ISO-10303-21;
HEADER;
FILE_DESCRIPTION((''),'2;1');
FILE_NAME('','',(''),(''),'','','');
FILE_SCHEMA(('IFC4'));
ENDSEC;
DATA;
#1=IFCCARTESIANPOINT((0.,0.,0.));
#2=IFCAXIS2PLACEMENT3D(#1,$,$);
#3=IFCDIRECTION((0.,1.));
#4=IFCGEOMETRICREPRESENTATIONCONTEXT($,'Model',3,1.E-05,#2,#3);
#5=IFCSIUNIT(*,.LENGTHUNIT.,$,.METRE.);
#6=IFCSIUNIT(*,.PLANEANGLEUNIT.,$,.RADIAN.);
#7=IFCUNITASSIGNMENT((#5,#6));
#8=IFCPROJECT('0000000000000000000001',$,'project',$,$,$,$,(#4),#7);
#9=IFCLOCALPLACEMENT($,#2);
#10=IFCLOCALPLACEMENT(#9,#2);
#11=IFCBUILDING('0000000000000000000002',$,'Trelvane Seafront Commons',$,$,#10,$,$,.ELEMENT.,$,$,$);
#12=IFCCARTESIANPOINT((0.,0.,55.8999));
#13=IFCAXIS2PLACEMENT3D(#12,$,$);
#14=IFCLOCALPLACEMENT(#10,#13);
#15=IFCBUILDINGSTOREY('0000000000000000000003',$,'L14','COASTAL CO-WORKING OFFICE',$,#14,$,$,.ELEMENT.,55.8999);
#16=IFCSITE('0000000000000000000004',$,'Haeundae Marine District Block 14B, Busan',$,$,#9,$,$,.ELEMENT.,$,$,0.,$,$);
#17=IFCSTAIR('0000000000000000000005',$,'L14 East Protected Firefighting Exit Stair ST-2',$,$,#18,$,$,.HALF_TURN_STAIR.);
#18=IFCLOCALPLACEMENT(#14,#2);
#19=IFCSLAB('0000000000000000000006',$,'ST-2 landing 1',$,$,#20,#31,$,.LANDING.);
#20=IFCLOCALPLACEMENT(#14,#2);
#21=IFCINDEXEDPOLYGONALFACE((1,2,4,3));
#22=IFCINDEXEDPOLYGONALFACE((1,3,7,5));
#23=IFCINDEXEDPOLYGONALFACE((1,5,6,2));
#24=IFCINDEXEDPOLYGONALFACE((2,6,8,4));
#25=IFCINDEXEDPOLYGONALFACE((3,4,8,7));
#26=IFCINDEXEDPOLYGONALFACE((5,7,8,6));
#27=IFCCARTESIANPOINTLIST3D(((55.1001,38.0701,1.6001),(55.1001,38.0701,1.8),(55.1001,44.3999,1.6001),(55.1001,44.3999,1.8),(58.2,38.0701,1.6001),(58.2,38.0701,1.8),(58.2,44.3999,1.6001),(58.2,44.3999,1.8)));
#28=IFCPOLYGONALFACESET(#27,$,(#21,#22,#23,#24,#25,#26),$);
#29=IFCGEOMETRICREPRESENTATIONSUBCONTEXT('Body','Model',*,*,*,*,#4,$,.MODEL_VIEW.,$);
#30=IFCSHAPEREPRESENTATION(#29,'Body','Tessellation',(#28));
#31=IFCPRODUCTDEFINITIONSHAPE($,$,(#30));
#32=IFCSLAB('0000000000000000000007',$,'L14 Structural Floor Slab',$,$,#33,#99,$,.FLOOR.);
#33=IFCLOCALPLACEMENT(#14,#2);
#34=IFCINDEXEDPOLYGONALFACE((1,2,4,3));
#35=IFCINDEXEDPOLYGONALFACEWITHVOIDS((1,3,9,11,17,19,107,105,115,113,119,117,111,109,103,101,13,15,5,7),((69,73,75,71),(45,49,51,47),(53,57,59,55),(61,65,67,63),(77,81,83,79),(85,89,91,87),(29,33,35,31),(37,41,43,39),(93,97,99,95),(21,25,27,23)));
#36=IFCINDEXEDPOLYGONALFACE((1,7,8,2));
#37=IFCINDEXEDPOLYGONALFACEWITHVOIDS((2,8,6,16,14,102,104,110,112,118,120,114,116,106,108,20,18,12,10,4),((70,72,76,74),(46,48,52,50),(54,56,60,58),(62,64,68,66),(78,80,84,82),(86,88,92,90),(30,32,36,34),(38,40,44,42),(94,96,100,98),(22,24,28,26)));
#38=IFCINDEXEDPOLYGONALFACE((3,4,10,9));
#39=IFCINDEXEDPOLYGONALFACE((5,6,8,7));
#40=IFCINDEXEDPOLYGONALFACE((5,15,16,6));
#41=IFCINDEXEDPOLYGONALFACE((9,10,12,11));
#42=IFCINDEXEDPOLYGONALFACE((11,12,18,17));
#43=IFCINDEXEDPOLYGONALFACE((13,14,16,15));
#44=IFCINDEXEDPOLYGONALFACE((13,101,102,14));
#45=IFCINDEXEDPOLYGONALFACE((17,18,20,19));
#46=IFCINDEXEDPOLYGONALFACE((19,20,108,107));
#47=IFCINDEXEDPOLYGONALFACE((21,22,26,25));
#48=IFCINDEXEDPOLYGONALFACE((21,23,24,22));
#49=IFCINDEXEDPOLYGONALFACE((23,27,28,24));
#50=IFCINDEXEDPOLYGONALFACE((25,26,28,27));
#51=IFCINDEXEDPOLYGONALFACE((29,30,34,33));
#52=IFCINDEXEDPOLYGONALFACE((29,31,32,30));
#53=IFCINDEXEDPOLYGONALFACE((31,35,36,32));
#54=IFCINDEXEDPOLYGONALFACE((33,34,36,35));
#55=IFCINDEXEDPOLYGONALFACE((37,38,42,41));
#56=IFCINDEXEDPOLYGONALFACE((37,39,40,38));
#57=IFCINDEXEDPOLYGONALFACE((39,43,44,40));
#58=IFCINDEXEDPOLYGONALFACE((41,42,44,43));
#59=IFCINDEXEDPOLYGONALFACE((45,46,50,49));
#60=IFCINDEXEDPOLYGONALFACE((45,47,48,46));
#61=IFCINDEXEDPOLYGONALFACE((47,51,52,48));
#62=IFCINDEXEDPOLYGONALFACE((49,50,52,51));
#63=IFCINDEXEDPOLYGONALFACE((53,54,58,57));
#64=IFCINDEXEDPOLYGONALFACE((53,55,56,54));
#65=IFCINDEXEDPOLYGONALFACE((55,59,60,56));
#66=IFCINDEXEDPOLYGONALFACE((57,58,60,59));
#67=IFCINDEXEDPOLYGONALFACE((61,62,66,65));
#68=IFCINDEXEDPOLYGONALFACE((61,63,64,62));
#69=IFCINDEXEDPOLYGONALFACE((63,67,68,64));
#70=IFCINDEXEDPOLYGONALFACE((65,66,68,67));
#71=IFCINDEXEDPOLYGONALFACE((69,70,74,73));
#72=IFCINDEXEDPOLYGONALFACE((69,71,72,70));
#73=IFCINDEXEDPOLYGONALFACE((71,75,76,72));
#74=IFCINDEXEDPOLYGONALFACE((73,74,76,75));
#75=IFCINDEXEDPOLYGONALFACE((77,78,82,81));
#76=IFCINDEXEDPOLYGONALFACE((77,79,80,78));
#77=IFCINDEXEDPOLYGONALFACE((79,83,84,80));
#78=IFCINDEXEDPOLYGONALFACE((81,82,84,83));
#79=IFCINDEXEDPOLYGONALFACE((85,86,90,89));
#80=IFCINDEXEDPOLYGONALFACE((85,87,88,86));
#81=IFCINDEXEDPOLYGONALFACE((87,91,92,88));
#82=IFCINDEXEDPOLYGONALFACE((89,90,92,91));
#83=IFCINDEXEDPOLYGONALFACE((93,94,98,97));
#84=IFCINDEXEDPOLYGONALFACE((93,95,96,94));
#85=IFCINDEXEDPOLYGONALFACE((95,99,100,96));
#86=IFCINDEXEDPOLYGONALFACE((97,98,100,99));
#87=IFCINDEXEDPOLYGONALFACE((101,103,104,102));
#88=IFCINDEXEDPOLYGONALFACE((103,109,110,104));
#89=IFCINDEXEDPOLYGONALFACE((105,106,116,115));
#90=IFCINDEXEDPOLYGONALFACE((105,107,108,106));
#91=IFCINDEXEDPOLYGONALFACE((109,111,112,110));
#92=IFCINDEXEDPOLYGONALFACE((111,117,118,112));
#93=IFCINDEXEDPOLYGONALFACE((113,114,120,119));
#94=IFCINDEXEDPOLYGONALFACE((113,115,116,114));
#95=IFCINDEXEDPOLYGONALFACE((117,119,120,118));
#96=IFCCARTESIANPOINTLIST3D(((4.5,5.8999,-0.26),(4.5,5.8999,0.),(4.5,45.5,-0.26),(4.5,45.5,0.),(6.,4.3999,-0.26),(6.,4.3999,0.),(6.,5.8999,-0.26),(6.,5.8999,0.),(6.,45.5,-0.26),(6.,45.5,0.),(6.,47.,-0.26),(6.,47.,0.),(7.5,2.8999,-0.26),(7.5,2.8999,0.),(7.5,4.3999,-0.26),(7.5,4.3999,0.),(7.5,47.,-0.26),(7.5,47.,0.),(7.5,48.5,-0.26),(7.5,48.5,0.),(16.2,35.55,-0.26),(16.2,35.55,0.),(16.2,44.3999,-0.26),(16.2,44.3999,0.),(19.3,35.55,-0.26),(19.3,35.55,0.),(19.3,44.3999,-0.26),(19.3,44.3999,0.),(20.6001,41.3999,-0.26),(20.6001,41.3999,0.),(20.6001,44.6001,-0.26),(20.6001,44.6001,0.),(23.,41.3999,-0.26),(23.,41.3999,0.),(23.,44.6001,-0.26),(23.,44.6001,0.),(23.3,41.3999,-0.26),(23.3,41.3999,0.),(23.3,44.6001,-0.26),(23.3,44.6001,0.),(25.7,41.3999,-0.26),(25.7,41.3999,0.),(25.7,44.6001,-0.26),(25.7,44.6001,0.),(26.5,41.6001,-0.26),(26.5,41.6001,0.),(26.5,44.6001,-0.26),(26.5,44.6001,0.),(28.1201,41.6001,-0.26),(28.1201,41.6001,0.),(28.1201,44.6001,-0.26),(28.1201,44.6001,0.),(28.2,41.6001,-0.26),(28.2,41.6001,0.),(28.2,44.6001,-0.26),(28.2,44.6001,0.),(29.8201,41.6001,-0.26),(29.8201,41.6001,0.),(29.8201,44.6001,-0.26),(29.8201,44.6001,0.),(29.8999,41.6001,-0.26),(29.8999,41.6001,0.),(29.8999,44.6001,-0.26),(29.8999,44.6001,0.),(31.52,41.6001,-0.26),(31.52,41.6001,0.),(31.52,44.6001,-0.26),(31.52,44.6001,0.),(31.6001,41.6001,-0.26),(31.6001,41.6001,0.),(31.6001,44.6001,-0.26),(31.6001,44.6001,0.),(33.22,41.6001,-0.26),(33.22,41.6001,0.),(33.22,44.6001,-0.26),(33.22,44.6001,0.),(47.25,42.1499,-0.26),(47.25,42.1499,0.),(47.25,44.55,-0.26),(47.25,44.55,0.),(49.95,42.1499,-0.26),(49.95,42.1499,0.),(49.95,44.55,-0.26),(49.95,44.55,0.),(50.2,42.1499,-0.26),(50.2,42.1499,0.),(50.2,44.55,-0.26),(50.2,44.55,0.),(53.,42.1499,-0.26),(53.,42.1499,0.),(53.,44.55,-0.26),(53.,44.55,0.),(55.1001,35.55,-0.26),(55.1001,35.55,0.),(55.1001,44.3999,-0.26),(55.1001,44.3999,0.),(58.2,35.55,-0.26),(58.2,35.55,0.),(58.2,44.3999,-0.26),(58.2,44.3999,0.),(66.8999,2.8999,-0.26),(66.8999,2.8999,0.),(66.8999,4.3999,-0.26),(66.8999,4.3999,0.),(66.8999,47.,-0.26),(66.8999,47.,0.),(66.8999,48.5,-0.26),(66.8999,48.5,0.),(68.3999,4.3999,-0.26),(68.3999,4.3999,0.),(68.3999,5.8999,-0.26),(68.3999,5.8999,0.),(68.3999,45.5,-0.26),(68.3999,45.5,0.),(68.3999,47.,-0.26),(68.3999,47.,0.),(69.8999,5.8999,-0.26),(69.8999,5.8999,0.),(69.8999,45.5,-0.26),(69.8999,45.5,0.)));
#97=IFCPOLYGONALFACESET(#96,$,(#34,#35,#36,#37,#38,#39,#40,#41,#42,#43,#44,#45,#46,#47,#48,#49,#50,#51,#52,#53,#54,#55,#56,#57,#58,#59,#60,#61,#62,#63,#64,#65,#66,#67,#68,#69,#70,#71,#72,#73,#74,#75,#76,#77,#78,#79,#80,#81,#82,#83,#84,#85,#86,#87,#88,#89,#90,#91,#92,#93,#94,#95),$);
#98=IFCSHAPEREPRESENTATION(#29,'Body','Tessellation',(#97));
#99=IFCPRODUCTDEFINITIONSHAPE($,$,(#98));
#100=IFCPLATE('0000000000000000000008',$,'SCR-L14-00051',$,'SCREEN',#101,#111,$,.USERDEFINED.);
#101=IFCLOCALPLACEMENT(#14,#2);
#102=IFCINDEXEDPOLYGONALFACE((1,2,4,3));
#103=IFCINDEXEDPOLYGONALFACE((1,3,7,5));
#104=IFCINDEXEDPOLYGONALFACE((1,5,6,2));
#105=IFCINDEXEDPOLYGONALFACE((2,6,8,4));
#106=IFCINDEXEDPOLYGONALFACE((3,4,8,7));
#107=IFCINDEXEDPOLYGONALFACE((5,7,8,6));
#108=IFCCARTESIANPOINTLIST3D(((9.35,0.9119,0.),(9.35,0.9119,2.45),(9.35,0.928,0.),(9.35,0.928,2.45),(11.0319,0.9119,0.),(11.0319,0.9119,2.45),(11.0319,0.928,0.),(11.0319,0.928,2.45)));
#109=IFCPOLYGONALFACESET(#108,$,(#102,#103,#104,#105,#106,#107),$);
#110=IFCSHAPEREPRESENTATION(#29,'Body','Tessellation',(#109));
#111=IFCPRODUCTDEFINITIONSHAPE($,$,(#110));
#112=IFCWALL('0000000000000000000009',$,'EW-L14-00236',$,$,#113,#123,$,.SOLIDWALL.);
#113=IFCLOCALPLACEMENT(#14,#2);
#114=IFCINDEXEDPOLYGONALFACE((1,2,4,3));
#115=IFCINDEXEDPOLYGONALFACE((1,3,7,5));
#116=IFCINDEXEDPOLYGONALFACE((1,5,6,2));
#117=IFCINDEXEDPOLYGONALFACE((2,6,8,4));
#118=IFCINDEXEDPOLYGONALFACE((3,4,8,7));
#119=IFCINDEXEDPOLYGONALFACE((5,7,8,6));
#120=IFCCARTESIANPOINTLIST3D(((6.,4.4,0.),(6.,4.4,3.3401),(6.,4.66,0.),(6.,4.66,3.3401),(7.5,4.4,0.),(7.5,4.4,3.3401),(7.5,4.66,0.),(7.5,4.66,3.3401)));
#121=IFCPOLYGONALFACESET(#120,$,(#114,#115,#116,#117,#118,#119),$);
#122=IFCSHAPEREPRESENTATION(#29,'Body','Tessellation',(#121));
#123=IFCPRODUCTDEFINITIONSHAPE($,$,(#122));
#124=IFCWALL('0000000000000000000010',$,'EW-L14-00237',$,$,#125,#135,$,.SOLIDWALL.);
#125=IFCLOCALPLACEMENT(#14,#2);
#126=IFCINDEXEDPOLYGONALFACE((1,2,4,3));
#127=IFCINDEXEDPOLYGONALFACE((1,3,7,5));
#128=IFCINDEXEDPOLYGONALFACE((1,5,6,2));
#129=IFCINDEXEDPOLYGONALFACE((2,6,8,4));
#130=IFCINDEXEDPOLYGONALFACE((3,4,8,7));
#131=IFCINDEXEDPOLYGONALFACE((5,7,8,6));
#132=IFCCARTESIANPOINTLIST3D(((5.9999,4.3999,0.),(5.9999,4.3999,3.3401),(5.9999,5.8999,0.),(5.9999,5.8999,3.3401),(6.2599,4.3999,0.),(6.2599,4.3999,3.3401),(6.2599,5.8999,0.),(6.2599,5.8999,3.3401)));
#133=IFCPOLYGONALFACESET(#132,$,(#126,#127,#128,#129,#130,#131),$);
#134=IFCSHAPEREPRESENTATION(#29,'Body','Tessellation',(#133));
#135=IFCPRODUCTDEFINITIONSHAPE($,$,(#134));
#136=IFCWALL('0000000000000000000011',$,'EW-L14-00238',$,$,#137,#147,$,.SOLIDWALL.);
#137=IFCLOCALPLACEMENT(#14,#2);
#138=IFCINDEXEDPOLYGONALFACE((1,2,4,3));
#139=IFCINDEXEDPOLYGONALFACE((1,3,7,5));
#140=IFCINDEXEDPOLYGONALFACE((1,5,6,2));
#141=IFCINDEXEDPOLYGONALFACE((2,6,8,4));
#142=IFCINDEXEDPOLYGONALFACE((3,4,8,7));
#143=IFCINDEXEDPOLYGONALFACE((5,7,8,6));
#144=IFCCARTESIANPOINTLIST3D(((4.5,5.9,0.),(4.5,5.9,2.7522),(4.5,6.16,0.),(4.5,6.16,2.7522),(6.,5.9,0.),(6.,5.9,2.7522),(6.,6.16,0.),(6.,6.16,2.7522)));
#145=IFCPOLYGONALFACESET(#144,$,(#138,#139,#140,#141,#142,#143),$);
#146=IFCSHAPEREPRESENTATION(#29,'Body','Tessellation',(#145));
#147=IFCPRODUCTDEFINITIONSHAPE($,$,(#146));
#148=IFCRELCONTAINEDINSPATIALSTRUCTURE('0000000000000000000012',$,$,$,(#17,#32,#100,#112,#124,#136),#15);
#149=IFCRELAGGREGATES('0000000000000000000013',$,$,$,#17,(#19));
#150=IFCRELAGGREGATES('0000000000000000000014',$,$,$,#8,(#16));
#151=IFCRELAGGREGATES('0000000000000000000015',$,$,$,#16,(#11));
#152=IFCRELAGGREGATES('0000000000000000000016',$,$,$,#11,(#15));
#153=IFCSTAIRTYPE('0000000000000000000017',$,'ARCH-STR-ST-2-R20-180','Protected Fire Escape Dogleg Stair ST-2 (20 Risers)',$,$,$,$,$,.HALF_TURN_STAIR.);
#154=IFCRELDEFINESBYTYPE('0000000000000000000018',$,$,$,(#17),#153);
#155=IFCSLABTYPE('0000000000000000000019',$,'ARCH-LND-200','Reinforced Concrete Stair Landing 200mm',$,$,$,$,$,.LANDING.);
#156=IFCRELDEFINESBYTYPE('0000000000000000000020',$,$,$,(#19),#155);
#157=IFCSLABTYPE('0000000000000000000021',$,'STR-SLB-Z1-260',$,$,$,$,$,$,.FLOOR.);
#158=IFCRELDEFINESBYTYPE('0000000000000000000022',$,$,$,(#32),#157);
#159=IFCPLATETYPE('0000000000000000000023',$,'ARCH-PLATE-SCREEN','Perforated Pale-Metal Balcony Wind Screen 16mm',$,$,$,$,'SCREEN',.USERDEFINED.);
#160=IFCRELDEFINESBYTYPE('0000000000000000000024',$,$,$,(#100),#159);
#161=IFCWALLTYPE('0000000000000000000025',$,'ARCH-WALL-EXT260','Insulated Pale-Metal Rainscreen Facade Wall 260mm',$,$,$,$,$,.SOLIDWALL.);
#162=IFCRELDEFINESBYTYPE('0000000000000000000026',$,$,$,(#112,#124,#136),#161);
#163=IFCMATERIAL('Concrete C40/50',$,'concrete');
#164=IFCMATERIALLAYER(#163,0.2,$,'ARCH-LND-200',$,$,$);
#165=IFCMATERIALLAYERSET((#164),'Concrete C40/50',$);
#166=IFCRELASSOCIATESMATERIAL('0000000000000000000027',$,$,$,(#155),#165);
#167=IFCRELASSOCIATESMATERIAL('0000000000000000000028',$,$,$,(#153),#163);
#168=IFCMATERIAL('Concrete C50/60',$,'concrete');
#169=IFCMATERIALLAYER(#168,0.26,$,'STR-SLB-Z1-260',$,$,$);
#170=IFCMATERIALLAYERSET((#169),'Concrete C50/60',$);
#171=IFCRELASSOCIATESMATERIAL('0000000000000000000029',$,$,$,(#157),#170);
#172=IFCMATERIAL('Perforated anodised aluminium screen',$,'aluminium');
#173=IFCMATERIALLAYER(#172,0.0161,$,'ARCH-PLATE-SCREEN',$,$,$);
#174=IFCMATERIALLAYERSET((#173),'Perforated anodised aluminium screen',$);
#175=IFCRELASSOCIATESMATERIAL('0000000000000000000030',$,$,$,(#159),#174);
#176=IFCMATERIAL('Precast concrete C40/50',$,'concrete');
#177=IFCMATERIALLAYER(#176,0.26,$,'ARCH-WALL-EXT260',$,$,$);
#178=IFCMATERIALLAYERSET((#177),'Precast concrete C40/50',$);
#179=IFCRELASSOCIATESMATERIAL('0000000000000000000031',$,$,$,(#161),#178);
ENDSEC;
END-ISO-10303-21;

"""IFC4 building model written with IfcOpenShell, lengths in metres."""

from ifc_helpers import new_model, si_unit, direction, frame, frame_2d, origin, origin_2d, place, context, subcontext, project, spatial, polyline, rectangle, outline, extrude, source, transform, mapped, material, layer, layer_set, type_object, element, aggregate, save


model = new_model("IFC4")

# Units and contexts
model_context = context("Model", 3, precision=1e-05, world=origin(), true_north=direction((0.0, 1.0)))
body_context = subcontext(model_context, "Body", "Model", "MODEL_VIEW")
ifc_project = project(units=[si_unit("LENGTHUNIT", "METRE"), si_unit("PLANEANGLEUNIT", "RADIAN")], contexts=[model_context])

# Site, building, storey
site_placement = place(None, origin())
site = spatial("IfcSite", under=ifc_project, at=site_placement, Name="Haeundae Marine District Block 14B, Busan", CompositionType="ELEMENT", RefElevation=0.0)
building_placement = place(site_placement, origin())
building = spatial("IfcBuilding", under=site, at=building_placement, Name="Trelvane Seafront Commons", CompositionType="ELEMENT")
storey_placement = place(building_placement, frame((0.0, 0.0, 55.8999)))
storey = spatial("IfcBuildingStorey", under=building, at=storey_placement, Name="L14", Description="COASTAL CO-WORKING OFFICE", CompositionType="ELEMENT", Elevation=55.8999)

# Shared definitions
ifc_material_1 = material(Name="Concrete C40/50", Category="concrete")

# Stair, slab
ifc_layer_1 = layer(ifc_material_1, 0.2, Name="ARCH-LND-200")
ifc_layer_set_1 = layer_set([ifc_layer_1], Name="Concrete C40/50")
slab_type_1 = type_object("IfcSlabType", Name="ARCH-LND-200", Description="Reinforced Concrete Stair Landing 200mm", PredefinedType="LANDING", material=ifc_layer_set_1)
stair_type_1 = type_object("IfcStairType", Name="ARCH-STR-ST-2-R20-180", Description="Protected Fire Escape Dogleg Stair ST-2 (20 Risers)", PredefinedType="HALF_TURN_STAIR", material=ifc_material_1)
stair_1_placement = place(storey_placement, origin())
stair_1 = element("IfcStair", 1, at=stair_1_placement, inside=storey, type_object=stair_type_1, Name="L14 East Protected Firefighting Exit Stair ST-2", PredefinedType="HALF_TURN_STAIR")
slab_1_placement = place(storey_placement, frame((0.0, 0.0, 1.6001)))
slab_1 = element("IfcSlab", 2, at=slab_1_placement, type_object=slab_type_1, Name="ST-2 landing 1", PredefinedType="LANDING", context=body_context, shape_type="SweptSolid", body=[
    extrude(outline(polyline([(58.2, 38.0701), (58.2, 44.3999), (55.1001, 44.3999), (55.1001, 38.0701), (58.2, 38.0701)])), origin(), (0.0, 0.0, 1.0), 0.2),
])
aggregate(stair_1, [slab_1])

# Slab
ifc_material_2 = material(Name="Concrete C50/60", Category="concrete")
ifc_layer_2 = layer(ifc_material_2, 0.26, Name="STR-SLB-Z1-260")
ifc_layer_set_2 = layer_set([ifc_layer_2], Name="Concrete C50/60")
slab_type_2 = type_object("IfcSlabType", Name="STR-SLB-Z1-260", PredefinedType="FLOOR", material=ifc_layer_set_2)
slab_2_placement = place(storey_placement, frame((0.0, 0.0, -0.26)))
element("IfcSlab", 3, at=slab_2_placement, inside=storey, type_object=slab_type_2, Name="L14 Structural Floor Slab", PredefinedType="FLOOR", context=body_context, shape_type="SweptSolid", body=[
    extrude(outline(polyline([(7.5, 2.8999), (66.8999, 2.8999), (66.8999, 4.3999), (68.3999, 4.3999), (68.3999, 5.8999), (69.8999, 5.8999), (69.8999, 45.5), (68.3999, 45.5), (68.3999, 47.0), (66.8999, 47.0), (66.8999, 48.5), (7.5, 48.5), (7.5, 47.0), (6.0, 47.0), (6.0, 45.5), (4.5, 45.5), (4.5, 5.8999), (6.0, 5.8999), (6.0, 4.3999), (7.5, 4.3999), (7.5, 2.8999)]), holes=[polyline([(19.3, 35.55), (16.2, 35.55), (16.2, 44.3999), (19.3, 44.3999), (19.3, 35.55)]), polyline([(58.2, 35.55), (55.1001, 35.55), (55.1001, 44.3999), (58.2, 44.3999), (58.2, 35.55)]), polyline([(23.0, 41.3999), (20.6001, 41.3999), (20.6001, 44.6001), (23.0, 44.6001), (23.0, 41.3999)]), polyline([(23.3, 41.3999), (23.3, 44.6001), (25.7, 44.6001), (25.7, 41.3999), (23.3, 41.3999)]), polyline([(26.5, 41.6001), (26.5, 44.6001), (28.1201, 44.6001), (28.1201, 41.6001), (26.5, 41.6001)]), polyline([(29.8201, 41.6001), (28.2, 41.6001), (28.2, 44.6001), (29.8201, 44.6001), (29.8201, 41.6001)]), polyline([(31.52, 41.6001), (29.8999, 41.6001), (29.8999, 44.6001), (31.52, 44.6001), (31.52, 41.6001)]), polyline([(33.22, 41.6001), (31.6001, 41.6001), (31.6001, 44.6001), (33.22, 44.6001), (33.22, 41.6001)]), polyline([(47.25, 42.1499), (47.25, 44.55), (49.95, 44.55), (49.95, 42.1499), (47.25, 42.1499)]), polyline([(50.2, 42.1499), (50.2, 44.55), (53.0, 44.55), (53.0, 42.1499), (50.2, 42.1499)])]), origin(), (0.0, 0.0, 1.0), 0.26),
])

# Plate
ifc_material_3 = material(Name="Perforated anodised aluminium screen", Category="aluminium")
ifc_layer_3 = layer(ifc_material_3, 0.0161, Name="ARCH-PLATE-SCREEN")
ifc_layer_set_3 = layer_set([ifc_layer_3], Name="Perforated anodised aluminium screen")
plate_type = type_object("IfcPlateType", Name="ARCH-PLATE-SCREEN", Description="Perforated Pale-Metal Balcony Wind Screen 16mm", ElementType="SCREEN", PredefinedType="USERDEFINED", material=ifc_layer_set_3)
shared_shape_1 = source(origin(), body_context, "Body", "SweptSolid", [
    extrude(rectangle(XDim=1.6819, YDim=0.0161, at=origin_2d()), origin(), (0.0, 0.0, 1.0), 2.45),
])
plate_placement = place(storey_placement, frame((10.1909, 0.9199, 0.0), z_axis=(0.0, 0.0, 1.0), x_axis=(1.0, 0.0, 0.0)))
element("IfcPlate", 4, at=plate_placement, inside=storey, type_object=plate_type, Name="SCR-L14-00051", ObjectType="SCREEN", PredefinedType="USERDEFINED", context=body_context, shape_type="MappedRepresentation", body=[
    mapped(shared_shape_1, transform((0.0, 0.0, 0.0), x_axis=(1.0, 0.0, 0.0), y_axis=(0.0, 1.0, 0.0), z_axis=(0.0, 0.0, 1.0), scale=1.0)),
])

# Walls
ifc_material_4 = material(Name="Precast concrete C40/50", Category="concrete")
ifc_layer_4 = layer(ifc_material_4, 0.26, Name="ARCH-WALL-EXT260")
ifc_layer_set_4 = layer_set([ifc_layer_4], Name="Precast concrete C40/50")
wall_type_1 = type_object("IfcWallType", Name="ARCH-WALL-EXT260", Description="Insulated Pale-Metal Rainscreen Facade Wall 260mm", PredefinedType="SOLIDWALL", material=ifc_layer_set_4)
for number, where, z_axis, x_axis, name in (
    (5, (7.5, 4.53, 0.0), (0.0, 0.0, 1.0), (-1.0, 0.0, 0.0), "EW-L14-00236"),
    (6, (6.1299, 4.3999, 0.0), (0.0, 0.0, 1.0), (0.0, 1.0, 0.0), "EW-L14-00237"),
):
    element("IfcWall", number, at=place(storey_placement, frame(where, z_axis=z_axis, x_axis=x_axis)), inside=storey, type_object=wall_type_1, Name=name, PredefinedType="SOLIDWALL", context=body_context, shape_type="SweptSolid", body=[
        extrude(rectangle(XDim=1.5, YDim=0.26, at=frame_2d((0.75, 0.0))), origin(), (0.0, 0.0, 1.0), 3.3401),
    ])
wall_1_placement = place(storey_placement, frame((6.0, 6.03, 0.0), z_axis=(0.0, 0.0, 1.0), x_axis=(-1.0, 0.0, 0.0)))
element("IfcWall", 7, at=wall_1_placement, inside=storey, type_object=wall_type_1, Name="EW-L14-00238", PredefinedType="SOLIDWALL", context=body_context, shape_type="SweptSolid", body=[
    extrude(rectangle(XDim=1.5, YDim=0.26, at=frame_2d((0.75, 0.0))), origin(), (0.0, 0.0, 1.0), 2.7522),
])

save(model, "model.ifc")
